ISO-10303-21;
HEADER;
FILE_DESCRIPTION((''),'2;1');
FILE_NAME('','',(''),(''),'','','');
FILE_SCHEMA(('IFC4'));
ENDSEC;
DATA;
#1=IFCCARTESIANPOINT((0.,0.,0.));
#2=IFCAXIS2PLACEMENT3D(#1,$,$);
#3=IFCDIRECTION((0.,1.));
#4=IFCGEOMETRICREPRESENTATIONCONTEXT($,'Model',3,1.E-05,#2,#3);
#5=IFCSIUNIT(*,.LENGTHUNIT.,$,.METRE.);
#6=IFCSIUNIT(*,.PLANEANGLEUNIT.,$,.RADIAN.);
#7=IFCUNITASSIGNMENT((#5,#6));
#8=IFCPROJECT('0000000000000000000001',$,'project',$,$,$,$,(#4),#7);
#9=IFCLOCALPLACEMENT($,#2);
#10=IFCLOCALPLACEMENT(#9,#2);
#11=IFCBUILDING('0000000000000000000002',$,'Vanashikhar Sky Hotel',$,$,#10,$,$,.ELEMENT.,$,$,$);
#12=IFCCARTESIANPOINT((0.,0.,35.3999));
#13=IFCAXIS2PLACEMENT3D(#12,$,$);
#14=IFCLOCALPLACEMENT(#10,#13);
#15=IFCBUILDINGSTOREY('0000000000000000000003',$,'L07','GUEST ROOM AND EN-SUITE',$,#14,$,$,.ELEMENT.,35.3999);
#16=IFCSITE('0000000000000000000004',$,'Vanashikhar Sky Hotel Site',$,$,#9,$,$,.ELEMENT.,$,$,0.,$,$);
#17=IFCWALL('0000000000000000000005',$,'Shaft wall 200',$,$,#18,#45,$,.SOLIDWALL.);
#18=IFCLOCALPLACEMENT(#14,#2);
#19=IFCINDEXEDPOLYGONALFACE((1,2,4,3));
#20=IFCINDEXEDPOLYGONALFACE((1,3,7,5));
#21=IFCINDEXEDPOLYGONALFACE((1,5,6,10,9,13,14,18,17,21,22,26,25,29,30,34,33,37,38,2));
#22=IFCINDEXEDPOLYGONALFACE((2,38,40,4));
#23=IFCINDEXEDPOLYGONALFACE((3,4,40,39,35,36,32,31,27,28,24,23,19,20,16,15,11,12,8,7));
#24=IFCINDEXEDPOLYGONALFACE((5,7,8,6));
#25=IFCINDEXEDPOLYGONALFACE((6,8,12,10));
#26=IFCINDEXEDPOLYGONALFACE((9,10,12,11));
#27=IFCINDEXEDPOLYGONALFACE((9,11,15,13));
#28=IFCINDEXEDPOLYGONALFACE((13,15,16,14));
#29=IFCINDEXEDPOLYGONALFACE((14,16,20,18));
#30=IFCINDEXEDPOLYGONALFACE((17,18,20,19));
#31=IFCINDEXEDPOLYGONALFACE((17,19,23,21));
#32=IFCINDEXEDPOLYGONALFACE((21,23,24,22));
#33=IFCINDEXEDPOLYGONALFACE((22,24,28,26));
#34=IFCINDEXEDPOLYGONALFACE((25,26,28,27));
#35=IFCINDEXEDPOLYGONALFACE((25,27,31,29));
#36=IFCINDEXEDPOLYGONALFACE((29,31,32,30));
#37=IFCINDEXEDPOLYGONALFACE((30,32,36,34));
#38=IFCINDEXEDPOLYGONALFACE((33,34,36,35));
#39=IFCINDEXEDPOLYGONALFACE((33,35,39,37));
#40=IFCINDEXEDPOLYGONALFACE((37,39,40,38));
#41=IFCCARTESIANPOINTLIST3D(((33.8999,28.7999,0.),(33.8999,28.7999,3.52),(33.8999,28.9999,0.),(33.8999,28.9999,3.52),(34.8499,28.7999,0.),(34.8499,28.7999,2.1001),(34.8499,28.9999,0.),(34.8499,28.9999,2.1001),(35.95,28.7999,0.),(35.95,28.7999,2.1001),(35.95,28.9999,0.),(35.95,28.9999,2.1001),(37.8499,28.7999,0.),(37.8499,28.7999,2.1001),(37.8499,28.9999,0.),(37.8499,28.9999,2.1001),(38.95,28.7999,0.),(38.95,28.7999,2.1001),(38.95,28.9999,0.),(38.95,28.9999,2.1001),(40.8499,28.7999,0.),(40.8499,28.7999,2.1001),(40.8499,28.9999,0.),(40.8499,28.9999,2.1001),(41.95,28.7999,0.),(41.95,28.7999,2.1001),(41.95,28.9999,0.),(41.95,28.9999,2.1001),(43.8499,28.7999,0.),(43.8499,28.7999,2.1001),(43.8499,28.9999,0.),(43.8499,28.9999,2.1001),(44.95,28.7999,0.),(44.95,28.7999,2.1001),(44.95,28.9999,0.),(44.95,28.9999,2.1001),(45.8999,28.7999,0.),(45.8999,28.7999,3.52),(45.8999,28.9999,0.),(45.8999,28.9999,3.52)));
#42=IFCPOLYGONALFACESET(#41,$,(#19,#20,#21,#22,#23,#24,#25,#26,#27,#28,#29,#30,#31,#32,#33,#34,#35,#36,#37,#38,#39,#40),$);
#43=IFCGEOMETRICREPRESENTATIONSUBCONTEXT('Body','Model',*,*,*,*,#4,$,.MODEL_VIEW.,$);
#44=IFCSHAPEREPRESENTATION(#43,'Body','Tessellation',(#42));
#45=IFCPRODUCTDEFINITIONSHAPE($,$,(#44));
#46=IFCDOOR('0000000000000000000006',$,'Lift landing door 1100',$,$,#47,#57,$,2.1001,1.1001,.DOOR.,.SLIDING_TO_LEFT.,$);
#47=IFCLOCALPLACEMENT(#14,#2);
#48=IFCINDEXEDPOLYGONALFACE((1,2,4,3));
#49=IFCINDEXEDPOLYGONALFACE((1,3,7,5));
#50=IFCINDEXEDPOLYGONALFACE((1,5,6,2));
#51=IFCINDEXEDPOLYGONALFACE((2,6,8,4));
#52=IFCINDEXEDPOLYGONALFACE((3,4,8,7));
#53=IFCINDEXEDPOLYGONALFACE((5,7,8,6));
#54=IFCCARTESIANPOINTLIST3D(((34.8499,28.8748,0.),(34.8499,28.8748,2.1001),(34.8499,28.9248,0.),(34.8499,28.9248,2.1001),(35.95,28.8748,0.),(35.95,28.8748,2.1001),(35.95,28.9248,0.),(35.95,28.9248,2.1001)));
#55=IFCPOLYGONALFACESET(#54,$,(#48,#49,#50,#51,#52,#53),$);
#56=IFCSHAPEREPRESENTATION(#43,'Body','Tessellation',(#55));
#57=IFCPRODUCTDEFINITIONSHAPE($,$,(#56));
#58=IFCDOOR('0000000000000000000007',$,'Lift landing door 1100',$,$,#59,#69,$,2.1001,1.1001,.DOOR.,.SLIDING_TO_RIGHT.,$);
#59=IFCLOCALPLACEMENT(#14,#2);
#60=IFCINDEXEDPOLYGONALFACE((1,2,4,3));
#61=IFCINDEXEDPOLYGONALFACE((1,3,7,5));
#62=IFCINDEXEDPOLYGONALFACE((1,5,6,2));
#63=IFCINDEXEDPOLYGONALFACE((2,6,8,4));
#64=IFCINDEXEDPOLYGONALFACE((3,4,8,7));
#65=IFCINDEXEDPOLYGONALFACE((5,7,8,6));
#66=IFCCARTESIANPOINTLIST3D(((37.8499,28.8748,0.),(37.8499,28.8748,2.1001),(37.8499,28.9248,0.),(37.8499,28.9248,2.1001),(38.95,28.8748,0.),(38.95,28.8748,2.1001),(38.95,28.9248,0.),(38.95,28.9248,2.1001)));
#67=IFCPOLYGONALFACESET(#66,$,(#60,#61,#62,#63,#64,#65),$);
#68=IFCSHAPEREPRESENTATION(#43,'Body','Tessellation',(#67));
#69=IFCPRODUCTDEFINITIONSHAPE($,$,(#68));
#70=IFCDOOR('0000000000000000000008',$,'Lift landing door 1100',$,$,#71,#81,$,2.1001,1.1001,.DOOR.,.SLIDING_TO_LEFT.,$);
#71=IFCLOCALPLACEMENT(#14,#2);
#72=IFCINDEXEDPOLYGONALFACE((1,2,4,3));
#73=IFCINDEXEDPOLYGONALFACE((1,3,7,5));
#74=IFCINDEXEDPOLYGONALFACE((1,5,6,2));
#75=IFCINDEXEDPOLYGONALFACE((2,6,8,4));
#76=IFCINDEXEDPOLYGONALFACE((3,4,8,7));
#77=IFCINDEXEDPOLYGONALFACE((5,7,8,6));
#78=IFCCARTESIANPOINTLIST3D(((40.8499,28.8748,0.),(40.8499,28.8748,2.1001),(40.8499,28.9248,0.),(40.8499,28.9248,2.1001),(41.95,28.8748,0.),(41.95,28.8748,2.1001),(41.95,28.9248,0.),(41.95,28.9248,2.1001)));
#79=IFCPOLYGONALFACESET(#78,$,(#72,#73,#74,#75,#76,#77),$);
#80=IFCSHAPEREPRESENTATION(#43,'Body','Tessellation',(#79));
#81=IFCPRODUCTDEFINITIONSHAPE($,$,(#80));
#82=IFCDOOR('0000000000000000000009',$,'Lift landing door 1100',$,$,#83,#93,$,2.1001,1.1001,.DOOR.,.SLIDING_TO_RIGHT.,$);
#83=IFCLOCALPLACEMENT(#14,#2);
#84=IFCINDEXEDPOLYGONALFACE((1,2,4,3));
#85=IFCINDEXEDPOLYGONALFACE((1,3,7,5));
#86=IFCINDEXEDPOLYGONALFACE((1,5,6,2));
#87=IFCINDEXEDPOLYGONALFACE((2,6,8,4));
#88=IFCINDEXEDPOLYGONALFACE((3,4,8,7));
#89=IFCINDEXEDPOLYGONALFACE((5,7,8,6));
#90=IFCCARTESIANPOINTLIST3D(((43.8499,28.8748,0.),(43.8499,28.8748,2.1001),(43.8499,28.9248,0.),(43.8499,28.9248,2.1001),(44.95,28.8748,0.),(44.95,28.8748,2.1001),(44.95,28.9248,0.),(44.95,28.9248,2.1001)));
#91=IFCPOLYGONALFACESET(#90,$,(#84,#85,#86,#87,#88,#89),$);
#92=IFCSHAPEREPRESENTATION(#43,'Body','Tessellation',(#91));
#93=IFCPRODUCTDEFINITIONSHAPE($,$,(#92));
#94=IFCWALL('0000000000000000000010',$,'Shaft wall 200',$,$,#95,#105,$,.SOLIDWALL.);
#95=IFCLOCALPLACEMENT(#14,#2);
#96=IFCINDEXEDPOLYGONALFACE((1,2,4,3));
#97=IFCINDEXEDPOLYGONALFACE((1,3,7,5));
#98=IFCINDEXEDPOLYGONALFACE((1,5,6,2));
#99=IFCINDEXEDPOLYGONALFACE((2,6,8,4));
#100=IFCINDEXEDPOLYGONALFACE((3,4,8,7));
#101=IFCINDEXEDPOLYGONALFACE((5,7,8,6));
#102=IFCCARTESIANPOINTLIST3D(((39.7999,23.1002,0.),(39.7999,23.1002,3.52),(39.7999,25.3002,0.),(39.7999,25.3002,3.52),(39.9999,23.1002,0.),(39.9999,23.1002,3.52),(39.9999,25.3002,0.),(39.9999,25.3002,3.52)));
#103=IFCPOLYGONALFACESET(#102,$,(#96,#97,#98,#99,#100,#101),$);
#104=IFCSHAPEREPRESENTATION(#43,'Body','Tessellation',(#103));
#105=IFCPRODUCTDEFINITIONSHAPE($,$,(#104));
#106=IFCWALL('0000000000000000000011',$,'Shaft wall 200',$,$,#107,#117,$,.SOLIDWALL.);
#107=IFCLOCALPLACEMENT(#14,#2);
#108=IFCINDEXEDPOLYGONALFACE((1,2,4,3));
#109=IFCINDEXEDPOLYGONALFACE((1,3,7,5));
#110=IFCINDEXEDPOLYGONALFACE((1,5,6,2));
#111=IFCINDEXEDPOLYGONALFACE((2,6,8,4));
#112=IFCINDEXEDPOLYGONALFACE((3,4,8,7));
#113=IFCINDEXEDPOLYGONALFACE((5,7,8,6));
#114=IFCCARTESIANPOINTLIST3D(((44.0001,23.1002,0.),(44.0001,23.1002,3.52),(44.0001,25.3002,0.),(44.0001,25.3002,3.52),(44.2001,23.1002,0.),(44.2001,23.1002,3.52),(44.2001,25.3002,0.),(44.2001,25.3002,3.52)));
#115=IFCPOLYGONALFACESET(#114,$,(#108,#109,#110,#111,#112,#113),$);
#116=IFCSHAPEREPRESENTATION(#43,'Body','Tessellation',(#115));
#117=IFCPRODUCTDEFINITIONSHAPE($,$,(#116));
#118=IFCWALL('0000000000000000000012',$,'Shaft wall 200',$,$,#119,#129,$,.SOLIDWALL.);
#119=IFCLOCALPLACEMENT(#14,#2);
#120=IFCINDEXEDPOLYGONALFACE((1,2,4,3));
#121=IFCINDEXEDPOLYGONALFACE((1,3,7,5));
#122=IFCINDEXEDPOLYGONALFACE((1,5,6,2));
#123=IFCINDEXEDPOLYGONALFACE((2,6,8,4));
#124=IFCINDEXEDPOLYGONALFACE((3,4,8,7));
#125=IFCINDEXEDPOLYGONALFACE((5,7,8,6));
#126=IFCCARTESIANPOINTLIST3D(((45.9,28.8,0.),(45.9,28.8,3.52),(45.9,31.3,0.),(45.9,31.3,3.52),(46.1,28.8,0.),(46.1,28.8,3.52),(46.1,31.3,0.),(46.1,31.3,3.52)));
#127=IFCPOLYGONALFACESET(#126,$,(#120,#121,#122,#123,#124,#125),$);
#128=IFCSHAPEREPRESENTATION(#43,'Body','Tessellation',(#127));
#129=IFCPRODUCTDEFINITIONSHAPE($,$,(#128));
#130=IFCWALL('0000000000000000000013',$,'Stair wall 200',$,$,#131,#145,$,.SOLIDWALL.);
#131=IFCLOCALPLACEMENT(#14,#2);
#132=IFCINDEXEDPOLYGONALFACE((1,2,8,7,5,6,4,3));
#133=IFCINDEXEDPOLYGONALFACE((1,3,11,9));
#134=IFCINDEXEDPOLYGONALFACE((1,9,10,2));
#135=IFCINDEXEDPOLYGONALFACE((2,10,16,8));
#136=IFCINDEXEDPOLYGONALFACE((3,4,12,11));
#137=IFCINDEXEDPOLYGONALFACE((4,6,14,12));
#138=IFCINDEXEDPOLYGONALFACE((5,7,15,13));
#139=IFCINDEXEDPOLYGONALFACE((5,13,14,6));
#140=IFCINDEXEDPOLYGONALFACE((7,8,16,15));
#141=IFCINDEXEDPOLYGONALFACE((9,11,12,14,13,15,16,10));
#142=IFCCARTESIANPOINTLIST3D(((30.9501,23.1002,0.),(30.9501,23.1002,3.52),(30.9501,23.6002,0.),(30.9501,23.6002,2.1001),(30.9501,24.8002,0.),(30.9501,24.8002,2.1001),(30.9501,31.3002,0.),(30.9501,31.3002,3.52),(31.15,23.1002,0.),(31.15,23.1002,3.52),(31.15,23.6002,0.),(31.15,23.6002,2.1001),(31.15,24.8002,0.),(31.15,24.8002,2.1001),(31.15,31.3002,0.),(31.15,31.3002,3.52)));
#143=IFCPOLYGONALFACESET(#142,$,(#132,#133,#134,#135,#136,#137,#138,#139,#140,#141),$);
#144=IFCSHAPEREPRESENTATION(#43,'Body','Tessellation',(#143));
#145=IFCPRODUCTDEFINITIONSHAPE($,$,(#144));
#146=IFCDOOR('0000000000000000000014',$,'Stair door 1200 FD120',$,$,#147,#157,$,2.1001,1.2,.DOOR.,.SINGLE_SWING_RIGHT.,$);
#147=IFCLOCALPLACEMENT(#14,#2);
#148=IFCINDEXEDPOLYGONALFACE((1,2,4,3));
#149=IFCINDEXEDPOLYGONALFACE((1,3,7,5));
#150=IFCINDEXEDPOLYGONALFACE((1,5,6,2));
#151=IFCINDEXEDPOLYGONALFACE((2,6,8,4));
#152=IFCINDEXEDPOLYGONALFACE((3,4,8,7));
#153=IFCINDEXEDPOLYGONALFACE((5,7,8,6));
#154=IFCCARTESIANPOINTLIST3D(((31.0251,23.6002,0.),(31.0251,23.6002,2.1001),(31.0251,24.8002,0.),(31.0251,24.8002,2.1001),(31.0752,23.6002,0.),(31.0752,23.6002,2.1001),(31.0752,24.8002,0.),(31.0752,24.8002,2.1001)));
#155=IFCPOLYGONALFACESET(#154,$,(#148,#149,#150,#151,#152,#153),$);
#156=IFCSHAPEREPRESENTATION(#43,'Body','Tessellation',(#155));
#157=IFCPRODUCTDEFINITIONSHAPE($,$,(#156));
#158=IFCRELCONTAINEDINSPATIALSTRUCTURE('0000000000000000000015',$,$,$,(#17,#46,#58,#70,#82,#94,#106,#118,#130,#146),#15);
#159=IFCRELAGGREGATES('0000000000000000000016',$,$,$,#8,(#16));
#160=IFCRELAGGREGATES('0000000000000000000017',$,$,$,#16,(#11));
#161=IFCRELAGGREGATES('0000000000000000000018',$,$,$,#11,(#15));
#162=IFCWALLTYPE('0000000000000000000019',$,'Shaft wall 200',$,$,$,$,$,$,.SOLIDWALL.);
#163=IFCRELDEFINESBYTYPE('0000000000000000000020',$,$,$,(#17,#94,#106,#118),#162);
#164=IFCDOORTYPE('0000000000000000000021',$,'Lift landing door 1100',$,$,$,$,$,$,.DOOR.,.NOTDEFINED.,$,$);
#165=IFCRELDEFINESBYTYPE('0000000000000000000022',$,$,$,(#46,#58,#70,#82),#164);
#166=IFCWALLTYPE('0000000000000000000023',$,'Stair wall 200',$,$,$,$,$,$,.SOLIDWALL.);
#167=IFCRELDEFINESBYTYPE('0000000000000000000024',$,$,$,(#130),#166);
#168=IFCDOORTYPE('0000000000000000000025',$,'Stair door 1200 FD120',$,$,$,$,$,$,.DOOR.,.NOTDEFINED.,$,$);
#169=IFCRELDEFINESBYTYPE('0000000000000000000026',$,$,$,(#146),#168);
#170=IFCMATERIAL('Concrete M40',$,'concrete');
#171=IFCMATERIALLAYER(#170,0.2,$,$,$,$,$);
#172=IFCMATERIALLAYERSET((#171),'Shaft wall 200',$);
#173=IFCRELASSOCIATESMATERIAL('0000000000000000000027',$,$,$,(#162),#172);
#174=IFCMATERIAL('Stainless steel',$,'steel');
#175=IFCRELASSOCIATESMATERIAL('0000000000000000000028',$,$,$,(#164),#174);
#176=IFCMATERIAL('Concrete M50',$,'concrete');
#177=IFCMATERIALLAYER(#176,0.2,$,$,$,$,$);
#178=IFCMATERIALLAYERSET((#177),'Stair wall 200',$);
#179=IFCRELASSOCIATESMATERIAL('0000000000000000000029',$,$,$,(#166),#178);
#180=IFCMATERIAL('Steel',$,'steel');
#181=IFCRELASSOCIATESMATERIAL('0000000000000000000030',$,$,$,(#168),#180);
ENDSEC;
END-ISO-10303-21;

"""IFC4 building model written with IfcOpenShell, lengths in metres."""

from ifc_helpers import new_model, si_unit, direction, frame, frame_2d, origin, place, context, subcontext, project, spatial, rectangle, extrude, source, transform, mapped, material, layer, layer_set, type_object, element, fill, save


model = new_model("IFC4")

# Units and contexts
model_context = context("Model", 3, precision=1e-05, world=origin(), true_north=direction((0.0, 1.0)))
body_context = subcontext(model_context, "Body", "Model", "MODEL_VIEW")
ifc_project = project(units=[si_unit("LENGTHUNIT", "METRE"), si_unit("PLANEANGLEUNIT", "RADIAN")], contexts=[model_context])

# Site, building, storey
site_placement = place(None, origin())
site = spatial("IfcSite", under=ifc_project, at=site_placement, Name="Vanashikhar Sky Hotel Site", CompositionType="ELEMENT", RefElevation=0.0)
building_placement = place(site_placement, origin())
building = spatial("IfcBuilding", under=site, at=building_placement, Name="Vanashikhar Sky Hotel", CompositionType="ELEMENT")
storey_placement = place(building_placement, frame((0.0, 0.0, 35.3999)))
storey = spatial("IfcBuildingStorey", under=building, at=storey_placement, Name="L07", Description="GUEST ROOM AND EN-SUITE", CompositionType="ELEMENT", Elevation=35.3999)

# Shared definitions
ifc_material_1 = material(Name="Concrete M50", Category="concrete")

# Shared definitions
ifc_material_2 = material(Name="Steel", Category="steel")
shared_shape_1 = source(origin(), body_context, "Body", "SweptSolid", [
    extrude(rectangle(XDim=1.1001, YDim=2.1001, at=frame_2d((0.55, 1.05))), frame((0.0, 0.0249, 0.0), z_axis=(0.0, -1.0, 0.0), x_axis=(1.0, 0.0, 0.0)), (0.0, 0.0, 1.0), 0.05),
])

# Wall, openings, doors
ifc_material_3 = material(Name="Concrete M40", Category="concrete")
ifc_layer_1 = layer(ifc_material_3, 0.2)
ifc_layer_set_1 = layer_set([ifc_layer_1], Name="Shaft wall 200")
wall_type_1 = type_object("IfcWallType", Name="Shaft wall 200", PredefinedType="SOLIDWALL", material=ifc_layer_set_1)
shared_shape_2 = source(origin(), body_context, "Body", "SweptSolid", [
    extrude(rectangle(XDim=1.1001, YDim=2.1001, at=frame_2d((0.55, 1.05))), frame((0.0, 0.1099, 0.0), z_axis=(0.0, -1.0, 0.0), x_axis=(1.0, 0.0, 0.0)), (0.0, 0.0, 1.0), 0.22),
])
ifc_material_4 = material(Name="Stainless steel", Category="steel")
door_type_1 = type_object("IfcDoorType", Name="Lift landing door 1100", OperationType="NOTDEFINED", PredefinedType="DOOR", material=ifc_material_4)
shared_shape_3 = source(origin(), body_context, "Body", "SweptSolid", [
    extrude(rectangle(XDim=12.0, YDim=0.2, at=frame_2d((6.0, 0.0))), origin(), (0.0, 0.0, 1.0), 3.52),
])
wall_1_placement = place(storey_placement, frame((33.8999, 28.8999, 0.0), z_axis=(0.0, 0.0, 1.0), x_axis=(1.0, 0.0, 0.0)))
wall_1 = element("IfcWall", 1, at=wall_1_placement, inside=storey, type_object=wall_type_1, Name="Shaft wall 200", PredefinedType="SOLIDWALL", context=body_context, shape_type="MappedRepresentation", body=[
    mapped(shared_shape_3, transform((0.0, 0.0, 0.0), scale=1.0)),
])
opening_1_placement = place(wall_1_placement, frame((0.95, 0.0, 0.0)))
opening_1 = element("IfcOpeningElement", 2, at=opening_1_placement, cuts=wall_1, PredefinedType="OPENING", context=body_context, shape_type="MappedRepresentation", body=[
    mapped(shared_shape_2, transform((0.0, 0.0, 0.0), scale=1.0)),
])
opening_2_placement = place(wall_1_placement, frame((3.95, 0.0, 0.0)))
opening_2 = element("IfcOpeningElement", 3, at=opening_2_placement, cuts=wall_1, PredefinedType="OPENING", context=body_context, shape_type="MappedRepresentation", body=[
    mapped(shared_shape_2, transform((0.0, 0.0, 0.0), scale=1.0)),
])
opening_3_placement = place(wall_1_placement, frame((6.95, 0.0, 0.0)))
opening_3 = element("IfcOpeningElement", 4, at=opening_3_placement, cuts=wall_1, PredefinedType="OPENING", context=body_context, shape_type="MappedRepresentation", body=[
    mapped(shared_shape_2, transform((0.0, 0.0, 0.0), scale=1.0)),
])
opening_4_placement = place(wall_1_placement, frame((9.95, 0.0, 0.0)))
opening_4 = element("IfcOpeningElement", 5, at=opening_4_placement, cuts=wall_1, PredefinedType="OPENING", context=body_context, shape_type="MappedRepresentation", body=[
    mapped(shared_shape_2, transform((0.0, 0.0, 0.0), scale=1.0)),
])
door_1_placement = place(opening_1_placement, origin())
door_1 = element("IfcDoor", 6, at=door_1_placement, inside=storey, type_object=door_type_1, Name="Lift landing door 1100", OperationType="SLIDING_TO_LEFT", OverallHeight=2.1001, OverallWidth=1.1001, PredefinedType="DOOR", context=body_context, shape_type="MappedRepresentation", body=[
    mapped(shared_shape_1, transform((0.0, 0.0, 0.0), scale=1.0)),
])
fill(opening_1, door_1)
door_2_placement = place(opening_2_placement, origin())
door_2 = element("IfcDoor", 7, at=door_2_placement, inside=storey, type_object=door_type_1, Name="Lift landing door 1100", OperationType="SLIDING_TO_RIGHT", OverallHeight=2.1001, OverallWidth=1.1001, PredefinedType="DOOR", context=body_context, shape_type="MappedRepresentation", body=[
    mapped(shared_shape_1, transform((0.0, 0.0, 0.0), scale=1.0)),
])
fill(opening_2, door_2)
door_3_placement = place(opening_3_placement, origin())
door_3 = element("IfcDoor", 8, at=door_3_placement, inside=storey, type_object=door_type_1, Name="Lift landing door 1100", OperationType="SLIDING_TO_LEFT", OverallHeight=2.1001, OverallWidth=1.1001, PredefinedType="DOOR", context=body_context, shape_type="MappedRepresentation", body=[
    mapped(shared_shape_1, transform((0.0, 0.0, 0.0), scale=1.0)),
])
fill(opening_3, door_3)
door_4_placement = place(opening_4_placement, origin())
door_4 = element("IfcDoor", 9, at=door_4_placement, inside=storey, type_object=door_type_1, Name="Lift landing door 1100", OperationType="SLIDING_TO_RIGHT", OverallHeight=2.1001, OverallWidth=1.1001, PredefinedType="DOOR", context=body_context, shape_type="MappedRepresentation", body=[
    mapped(shared_shape_1, transform((0.0, 0.0, 0.0), scale=1.0)),
])
fill(opening_4, door_4)

# Walls
shared_shape_4 = source(origin(), body_context, "Body", "SweptSolid", [
    extrude(rectangle(XDim=2.2, YDim=0.2, at=frame_2d((1.1001, 0.0))), origin(), (0.0, 0.0, 1.0), 3.52),
])
for number, where, z_axis, x_axis, name in (
    (10, (39.8999, 23.1001, 0.0), (0.0, 0.0, 1.0), (0.0, 1.0, 0.0), "Shaft wall 200"),
    (11, (44.1001, 23.1001, 0.0), (0.0, 0.0, 1.0), (0.0, 1.0, 0.0), "Shaft wall 200"),
):
    element("IfcWall", number, at=place(storey_placement, frame(where, z_axis=z_axis, x_axis=x_axis)), inside=storey, type_object=wall_type_1, Name=name, PredefinedType="SOLIDWALL", context=body_context, shape_type="MappedRepresentation", body=[
        mapped(shared_shape_4, transform((0.0, 0.0, 0.0), scale=1.0)),
    ])
shared_shape_5 = source(origin(), body_context, "Body", "SweptSolid", [
    extrude(rectangle(XDim=2.5, YDim=0.2, at=frame_2d((1.25, 0.0))), origin(), (0.0, 0.0, 1.0), 3.52),
])
wall_2_placement = place(storey_placement, frame((46.0, 28.8, 0.0), z_axis=(0.0, 0.0, 1.0), x_axis=(0.0, 1.0, 0.0)))
element("IfcWall", 12, at=wall_2_placement, inside=storey, type_object=wall_type_1, Name="Shaft wall 200", PredefinedType="SOLIDWALL", context=body_context, shape_type="MappedRepresentation", body=[
    mapped(shared_shape_5, transform((0.0, 0.0, 0.0), scale=1.0)),
])

# Wall, opening, door
ifc_layer_2 = layer(ifc_material_1, 0.2)
ifc_layer_set_2 = layer_set([ifc_layer_2], Name="Stair wall 200")
wall_type_2 = type_object("IfcWallType", Name="Stair wall 200", PredefinedType="SOLIDWALL", material=ifc_layer_set_2)
shared_shape_6 = source(origin(), body_context, "Body", "SweptSolid", [
    extrude(rectangle(XDim=8.2, YDim=0.2, at=frame_2d((4.1001, 0.0))), origin(), (0.0, 0.0, 1.0), 3.52),
])
wall_3_placement = place(storey_placement, frame((31.05, 23.1001, 0.0), z_axis=(0.0, 0.0, 1.0), x_axis=(0.0, 1.0, 0.0)))
wall_3 = element("IfcWall", 13, at=wall_3_placement, inside=storey, type_object=wall_type_2, Name="Stair wall 200", PredefinedType="SOLIDWALL", context=body_context, shape_type="MappedRepresentation", body=[
    mapped(shared_shape_6, transform((0.0, 0.0, 0.0), scale=1.0)),
])
shared_shape_7 = source(origin(), body_context, "Body", "SweptSolid", [
    extrude(rectangle(XDim=1.2, YDim=2.1001, at=frame_2d((0.6001, 1.05))), frame((0.0, 0.1099, 0.0), z_axis=(0.0, -1.0, 0.0), x_axis=(1.0, 0.0, 0.0)), (0.0, 0.0, 1.0), 0.22),
])
opening_5_placement = place(wall_3_placement, frame((0.5, 0.0, 0.0)))
opening_5 = element("IfcOpeningElement", 14, at=opening_5_placement, cuts=wall_3, PredefinedType="OPENING", context=body_context, shape_type="MappedRepresentation", body=[
    mapped(shared_shape_7, transform((0.0, 0.0, 0.0), scale=1.0)),
])
door_type_2 = type_object("IfcDoorType", Name="Stair door 1200 FD120", OperationType="NOTDEFINED", PredefinedType="DOOR", material=ifc_material_2)
shared_shape_8 = source(origin(), body_context, "Body", "SweptSolid", [
    extrude(rectangle(XDim=1.2, YDim=2.1001, at=frame_2d((0.6001, 1.05))), frame((0.0, 0.0249, 0.0), z_axis=(0.0, -1.0, 0.0), x_axis=(1.0, 0.0, 0.0)), (0.0, 0.0, 1.0), 0.05),
])
door_5_placement = place(opening_5_placement, origin())
door_5 = element("IfcDoor", 15, at=door_5_placement, inside=storey, type_object=door_type_2, Name="Stair door 1200 FD120", OperationType="SINGLE_SWING_RIGHT", OverallHeight=2.1001, OverallWidth=1.2, PredefinedType="DOOR", context=body_context, shape_type="MappedRepresentation", body=[
    mapped(shared_shape_8, transform((0.0, 0.0, 0.0), scale=1.0)),
])
fill(opening_5, door_5)

save(model, "model.ifc")
